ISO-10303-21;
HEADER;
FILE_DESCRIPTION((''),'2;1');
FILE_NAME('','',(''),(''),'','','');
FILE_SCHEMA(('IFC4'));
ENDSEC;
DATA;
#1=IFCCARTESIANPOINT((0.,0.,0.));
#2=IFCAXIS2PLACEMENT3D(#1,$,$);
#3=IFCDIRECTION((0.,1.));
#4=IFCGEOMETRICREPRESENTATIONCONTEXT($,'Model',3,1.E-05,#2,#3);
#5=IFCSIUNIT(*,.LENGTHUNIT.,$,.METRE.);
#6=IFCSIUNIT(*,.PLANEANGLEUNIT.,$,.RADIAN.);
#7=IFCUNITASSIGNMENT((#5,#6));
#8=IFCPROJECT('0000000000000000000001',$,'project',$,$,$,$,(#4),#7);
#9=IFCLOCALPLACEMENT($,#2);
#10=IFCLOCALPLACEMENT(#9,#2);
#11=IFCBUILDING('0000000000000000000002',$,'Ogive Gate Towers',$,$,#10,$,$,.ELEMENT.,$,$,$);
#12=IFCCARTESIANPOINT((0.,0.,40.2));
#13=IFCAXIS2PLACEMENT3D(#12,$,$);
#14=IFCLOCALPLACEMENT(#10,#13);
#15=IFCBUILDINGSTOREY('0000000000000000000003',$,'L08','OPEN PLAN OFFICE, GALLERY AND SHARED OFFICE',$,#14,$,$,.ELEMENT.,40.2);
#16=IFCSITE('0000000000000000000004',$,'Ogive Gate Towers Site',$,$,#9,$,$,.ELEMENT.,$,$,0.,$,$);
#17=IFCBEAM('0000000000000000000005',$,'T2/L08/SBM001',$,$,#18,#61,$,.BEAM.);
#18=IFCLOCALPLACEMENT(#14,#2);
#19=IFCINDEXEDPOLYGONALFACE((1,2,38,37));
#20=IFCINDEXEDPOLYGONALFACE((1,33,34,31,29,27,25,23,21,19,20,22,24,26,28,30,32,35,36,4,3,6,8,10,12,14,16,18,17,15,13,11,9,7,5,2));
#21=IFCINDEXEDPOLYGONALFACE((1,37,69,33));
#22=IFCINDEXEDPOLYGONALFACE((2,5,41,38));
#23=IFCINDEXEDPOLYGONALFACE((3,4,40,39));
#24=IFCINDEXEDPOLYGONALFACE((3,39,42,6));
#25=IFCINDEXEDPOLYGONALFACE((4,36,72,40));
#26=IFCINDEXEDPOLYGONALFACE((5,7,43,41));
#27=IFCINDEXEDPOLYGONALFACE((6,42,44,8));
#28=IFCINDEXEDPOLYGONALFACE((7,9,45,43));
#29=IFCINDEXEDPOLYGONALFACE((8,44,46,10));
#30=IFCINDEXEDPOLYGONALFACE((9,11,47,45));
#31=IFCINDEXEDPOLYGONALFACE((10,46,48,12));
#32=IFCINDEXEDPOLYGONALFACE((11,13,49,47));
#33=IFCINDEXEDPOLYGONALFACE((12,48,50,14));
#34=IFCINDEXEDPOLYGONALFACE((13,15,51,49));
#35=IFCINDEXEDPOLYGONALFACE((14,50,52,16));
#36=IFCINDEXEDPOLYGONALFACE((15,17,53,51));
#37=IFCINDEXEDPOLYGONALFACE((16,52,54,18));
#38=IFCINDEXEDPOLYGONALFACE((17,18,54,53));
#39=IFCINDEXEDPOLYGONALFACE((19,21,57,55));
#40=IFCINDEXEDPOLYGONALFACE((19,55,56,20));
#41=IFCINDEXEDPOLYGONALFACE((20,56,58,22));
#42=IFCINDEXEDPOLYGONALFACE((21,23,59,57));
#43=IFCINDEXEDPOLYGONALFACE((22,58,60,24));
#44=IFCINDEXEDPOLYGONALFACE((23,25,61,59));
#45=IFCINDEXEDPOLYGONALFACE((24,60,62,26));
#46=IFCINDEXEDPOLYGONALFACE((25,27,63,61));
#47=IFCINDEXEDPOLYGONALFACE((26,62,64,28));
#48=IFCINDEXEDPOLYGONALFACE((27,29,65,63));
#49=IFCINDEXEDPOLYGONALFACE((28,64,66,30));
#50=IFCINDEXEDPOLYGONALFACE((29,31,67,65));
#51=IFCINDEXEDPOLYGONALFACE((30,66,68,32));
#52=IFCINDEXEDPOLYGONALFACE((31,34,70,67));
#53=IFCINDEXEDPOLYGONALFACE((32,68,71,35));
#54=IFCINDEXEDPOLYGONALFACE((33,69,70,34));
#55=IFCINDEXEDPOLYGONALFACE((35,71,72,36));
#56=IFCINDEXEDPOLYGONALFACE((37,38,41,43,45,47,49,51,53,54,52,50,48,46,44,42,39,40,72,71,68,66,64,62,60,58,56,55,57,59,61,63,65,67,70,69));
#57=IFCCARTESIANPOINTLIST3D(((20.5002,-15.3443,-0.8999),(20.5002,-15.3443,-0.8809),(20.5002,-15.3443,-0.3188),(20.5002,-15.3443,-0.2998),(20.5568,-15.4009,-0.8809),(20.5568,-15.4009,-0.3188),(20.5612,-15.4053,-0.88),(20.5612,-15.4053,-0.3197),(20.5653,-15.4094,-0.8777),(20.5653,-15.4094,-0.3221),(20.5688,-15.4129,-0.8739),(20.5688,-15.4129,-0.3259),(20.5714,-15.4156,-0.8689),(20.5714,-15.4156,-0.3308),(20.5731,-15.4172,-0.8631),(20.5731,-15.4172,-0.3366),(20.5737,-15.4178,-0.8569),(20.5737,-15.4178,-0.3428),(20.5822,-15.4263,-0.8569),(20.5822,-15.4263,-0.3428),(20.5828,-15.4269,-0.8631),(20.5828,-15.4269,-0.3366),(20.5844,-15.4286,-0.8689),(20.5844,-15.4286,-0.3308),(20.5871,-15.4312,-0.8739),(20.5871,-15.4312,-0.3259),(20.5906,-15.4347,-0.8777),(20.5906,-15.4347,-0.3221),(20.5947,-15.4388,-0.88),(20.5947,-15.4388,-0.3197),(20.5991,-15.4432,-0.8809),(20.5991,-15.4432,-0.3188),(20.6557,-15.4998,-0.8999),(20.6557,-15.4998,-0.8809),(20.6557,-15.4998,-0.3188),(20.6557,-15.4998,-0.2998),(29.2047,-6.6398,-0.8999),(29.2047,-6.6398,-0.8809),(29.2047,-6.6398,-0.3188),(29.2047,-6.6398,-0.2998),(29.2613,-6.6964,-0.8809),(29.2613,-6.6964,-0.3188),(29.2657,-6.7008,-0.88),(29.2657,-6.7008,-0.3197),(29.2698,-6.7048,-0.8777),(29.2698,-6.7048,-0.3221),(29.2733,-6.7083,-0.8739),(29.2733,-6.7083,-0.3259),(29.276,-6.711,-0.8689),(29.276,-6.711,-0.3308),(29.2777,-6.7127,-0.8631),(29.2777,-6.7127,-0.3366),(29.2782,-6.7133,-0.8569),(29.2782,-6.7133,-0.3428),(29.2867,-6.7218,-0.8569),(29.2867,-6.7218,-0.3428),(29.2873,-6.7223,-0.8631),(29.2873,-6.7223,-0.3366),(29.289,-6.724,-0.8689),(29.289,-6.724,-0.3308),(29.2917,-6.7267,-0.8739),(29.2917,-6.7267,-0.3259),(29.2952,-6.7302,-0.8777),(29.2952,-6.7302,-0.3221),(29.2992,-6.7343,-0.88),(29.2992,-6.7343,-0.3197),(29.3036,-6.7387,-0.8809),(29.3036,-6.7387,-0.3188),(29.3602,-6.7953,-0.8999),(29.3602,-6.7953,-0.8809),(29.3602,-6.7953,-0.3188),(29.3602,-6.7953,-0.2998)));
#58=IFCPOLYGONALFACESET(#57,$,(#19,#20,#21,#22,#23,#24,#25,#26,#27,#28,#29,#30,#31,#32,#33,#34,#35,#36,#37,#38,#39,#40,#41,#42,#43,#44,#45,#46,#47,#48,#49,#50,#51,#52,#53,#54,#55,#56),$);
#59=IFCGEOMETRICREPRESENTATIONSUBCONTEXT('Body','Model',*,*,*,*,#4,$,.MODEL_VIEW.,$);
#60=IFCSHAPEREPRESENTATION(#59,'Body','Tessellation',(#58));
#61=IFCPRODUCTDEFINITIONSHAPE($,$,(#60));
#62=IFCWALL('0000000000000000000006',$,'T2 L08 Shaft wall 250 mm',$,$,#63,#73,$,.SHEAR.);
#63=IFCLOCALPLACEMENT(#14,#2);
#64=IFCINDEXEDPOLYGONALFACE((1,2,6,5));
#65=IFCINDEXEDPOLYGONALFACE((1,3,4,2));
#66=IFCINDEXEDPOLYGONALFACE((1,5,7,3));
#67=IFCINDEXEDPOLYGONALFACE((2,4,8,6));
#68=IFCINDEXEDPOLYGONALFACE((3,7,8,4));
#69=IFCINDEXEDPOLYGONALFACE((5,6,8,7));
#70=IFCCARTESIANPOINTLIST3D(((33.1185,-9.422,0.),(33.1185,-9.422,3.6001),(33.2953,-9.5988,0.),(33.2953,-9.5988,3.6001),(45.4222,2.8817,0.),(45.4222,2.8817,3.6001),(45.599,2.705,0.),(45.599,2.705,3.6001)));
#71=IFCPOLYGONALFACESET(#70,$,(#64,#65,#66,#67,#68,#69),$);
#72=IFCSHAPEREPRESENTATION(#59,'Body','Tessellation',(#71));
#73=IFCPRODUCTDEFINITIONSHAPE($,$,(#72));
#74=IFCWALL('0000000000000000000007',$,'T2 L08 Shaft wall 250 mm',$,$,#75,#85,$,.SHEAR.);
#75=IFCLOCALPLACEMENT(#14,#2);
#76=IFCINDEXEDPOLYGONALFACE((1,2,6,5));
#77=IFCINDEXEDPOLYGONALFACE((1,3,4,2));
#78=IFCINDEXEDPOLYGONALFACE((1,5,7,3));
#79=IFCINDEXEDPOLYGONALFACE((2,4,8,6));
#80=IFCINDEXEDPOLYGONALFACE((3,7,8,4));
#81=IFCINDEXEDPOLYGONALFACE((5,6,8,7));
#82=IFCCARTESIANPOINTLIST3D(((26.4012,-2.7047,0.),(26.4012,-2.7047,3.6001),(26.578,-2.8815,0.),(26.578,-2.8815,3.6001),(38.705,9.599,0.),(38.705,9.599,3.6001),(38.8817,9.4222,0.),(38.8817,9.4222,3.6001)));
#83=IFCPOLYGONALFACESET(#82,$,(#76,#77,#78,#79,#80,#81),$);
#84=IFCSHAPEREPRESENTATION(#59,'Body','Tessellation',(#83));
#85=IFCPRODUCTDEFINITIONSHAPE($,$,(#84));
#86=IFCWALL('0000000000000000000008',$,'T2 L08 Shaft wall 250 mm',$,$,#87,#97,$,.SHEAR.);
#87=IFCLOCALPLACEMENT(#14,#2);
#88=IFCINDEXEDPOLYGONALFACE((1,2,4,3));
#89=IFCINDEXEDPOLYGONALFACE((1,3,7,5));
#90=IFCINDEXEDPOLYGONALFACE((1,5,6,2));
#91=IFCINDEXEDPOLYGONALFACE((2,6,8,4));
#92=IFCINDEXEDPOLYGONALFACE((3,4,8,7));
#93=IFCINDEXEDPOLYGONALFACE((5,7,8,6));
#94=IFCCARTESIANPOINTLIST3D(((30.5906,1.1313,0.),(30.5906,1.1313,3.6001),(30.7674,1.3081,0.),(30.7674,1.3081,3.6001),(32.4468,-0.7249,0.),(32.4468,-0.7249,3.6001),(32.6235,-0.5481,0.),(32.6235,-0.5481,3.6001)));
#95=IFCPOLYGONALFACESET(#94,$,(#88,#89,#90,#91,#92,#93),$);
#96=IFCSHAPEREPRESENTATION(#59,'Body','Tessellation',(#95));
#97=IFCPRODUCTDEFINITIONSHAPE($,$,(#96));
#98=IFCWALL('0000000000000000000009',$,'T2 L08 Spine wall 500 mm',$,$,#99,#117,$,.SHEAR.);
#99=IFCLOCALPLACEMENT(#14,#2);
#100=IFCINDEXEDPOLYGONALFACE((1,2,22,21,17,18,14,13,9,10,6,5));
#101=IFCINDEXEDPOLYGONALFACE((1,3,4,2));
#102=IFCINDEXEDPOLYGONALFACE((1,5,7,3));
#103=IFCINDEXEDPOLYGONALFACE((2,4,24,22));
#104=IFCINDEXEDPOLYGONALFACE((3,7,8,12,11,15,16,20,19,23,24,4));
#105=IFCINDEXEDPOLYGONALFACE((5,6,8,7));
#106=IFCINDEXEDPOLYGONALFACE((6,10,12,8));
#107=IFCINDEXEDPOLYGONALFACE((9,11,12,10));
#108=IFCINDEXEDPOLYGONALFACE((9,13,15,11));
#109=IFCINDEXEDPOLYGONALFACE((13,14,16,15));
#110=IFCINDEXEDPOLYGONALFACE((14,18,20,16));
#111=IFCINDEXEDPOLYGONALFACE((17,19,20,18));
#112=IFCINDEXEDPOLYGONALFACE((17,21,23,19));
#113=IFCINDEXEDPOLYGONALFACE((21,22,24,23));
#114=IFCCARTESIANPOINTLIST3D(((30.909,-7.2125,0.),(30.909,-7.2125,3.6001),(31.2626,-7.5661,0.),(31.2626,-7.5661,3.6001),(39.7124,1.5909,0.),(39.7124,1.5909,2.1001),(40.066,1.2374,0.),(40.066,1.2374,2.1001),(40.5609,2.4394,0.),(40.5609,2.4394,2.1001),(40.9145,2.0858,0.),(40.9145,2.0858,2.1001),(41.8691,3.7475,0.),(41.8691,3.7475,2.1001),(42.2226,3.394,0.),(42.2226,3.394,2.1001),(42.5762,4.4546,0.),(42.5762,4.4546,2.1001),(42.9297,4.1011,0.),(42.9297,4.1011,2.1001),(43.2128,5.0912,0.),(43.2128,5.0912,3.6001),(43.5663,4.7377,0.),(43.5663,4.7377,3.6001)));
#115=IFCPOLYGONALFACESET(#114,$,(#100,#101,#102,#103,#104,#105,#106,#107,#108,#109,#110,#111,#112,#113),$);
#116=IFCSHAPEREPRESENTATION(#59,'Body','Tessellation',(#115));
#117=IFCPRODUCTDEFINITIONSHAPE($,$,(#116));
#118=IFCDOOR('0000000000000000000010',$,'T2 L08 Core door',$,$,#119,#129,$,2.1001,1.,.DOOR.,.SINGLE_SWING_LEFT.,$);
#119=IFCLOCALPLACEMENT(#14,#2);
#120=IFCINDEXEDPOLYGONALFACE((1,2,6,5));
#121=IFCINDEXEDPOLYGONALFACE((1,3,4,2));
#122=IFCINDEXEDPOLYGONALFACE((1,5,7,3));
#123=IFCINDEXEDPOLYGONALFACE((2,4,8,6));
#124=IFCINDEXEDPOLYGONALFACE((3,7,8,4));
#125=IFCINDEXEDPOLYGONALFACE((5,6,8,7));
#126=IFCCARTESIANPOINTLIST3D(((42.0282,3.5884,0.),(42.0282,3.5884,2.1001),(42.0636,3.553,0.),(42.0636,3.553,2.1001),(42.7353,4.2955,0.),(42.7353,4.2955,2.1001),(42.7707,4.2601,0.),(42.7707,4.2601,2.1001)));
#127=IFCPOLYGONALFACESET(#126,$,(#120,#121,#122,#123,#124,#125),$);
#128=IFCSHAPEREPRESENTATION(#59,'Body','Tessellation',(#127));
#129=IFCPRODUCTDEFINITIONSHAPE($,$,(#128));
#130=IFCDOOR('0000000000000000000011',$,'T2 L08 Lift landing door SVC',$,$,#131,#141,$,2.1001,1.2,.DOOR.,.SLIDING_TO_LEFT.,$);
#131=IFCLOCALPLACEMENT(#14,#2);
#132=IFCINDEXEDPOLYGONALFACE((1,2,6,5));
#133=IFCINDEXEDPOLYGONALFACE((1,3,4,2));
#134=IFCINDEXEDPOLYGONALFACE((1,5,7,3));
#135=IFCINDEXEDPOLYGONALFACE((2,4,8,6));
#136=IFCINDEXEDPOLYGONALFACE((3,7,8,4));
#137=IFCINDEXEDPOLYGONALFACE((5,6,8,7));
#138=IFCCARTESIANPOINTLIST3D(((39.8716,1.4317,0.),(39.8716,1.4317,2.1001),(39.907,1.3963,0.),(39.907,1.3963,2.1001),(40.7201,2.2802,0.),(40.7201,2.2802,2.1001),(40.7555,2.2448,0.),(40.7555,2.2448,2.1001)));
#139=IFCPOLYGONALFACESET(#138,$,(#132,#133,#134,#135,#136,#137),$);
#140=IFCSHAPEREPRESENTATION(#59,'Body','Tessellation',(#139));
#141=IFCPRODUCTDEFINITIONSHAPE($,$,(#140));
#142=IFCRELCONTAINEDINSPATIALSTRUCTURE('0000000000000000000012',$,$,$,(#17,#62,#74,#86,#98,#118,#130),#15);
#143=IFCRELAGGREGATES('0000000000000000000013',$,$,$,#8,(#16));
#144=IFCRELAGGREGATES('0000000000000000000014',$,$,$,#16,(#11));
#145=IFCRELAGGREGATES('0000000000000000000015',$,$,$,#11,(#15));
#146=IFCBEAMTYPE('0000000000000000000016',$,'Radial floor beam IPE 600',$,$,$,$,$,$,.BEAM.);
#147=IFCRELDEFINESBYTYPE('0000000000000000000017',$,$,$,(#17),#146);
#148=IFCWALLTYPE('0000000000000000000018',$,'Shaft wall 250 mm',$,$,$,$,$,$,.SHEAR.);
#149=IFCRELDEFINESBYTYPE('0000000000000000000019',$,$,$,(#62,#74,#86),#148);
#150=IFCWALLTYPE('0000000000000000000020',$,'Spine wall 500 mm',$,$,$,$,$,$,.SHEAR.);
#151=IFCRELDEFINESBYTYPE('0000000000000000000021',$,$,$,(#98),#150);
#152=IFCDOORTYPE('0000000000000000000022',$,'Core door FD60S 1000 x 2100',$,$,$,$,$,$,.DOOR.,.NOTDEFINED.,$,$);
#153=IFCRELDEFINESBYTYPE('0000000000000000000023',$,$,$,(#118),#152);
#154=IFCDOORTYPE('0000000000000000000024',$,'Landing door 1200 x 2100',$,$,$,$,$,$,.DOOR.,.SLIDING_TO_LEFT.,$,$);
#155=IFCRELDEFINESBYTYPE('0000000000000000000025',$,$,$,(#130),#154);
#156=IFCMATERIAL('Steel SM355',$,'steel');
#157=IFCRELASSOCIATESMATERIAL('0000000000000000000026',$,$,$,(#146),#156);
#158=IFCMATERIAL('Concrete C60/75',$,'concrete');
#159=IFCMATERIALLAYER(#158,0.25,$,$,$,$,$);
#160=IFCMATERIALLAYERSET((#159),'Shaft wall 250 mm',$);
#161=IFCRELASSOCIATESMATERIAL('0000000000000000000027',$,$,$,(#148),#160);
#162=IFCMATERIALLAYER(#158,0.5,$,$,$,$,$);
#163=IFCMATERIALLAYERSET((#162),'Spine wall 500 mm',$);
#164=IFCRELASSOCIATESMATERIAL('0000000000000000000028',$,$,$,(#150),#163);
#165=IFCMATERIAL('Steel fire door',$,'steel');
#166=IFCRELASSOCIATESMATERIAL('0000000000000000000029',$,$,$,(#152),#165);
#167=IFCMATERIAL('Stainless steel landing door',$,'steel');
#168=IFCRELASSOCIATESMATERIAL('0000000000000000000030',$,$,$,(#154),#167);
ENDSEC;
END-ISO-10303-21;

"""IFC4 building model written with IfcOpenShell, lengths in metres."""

from ifc_helpers import new_model, si_unit, direction, frame, frame_2d, origin, origin_2d, place, context, subcontext, project, spatial, rectangle, i_section, extrude, material, layer, layer_set, material_profile, profile_set, type_object, element, fill, save


model = new_model("IFC4")

# Units and contexts
model_context = context("Model", 3, precision=1e-05, world=origin(), true_north=direction((0.0, 1.0)))
body_context = subcontext(model_context, "Body", "Model", "MODEL_VIEW")
ifc_project = project(units=[si_unit("LENGTHUNIT", "METRE"), si_unit("PLANEANGLEUNIT", "RADIAN")], contexts=[model_context])

# Site, building, storey
site_placement = place(None, origin())
site = spatial("IfcSite", under=ifc_project, at=site_placement, Name="Ogive Gate Towers Site", CompositionType="ELEMENT", RefElevation=0.0)
building_placement = place(site_placement, origin())
building = spatial("IfcBuilding", under=site, at=building_placement, Name="Ogive Gate Towers", CompositionType="ELEMENT")
storey_placement = place(building_placement, frame((0.0, 0.0, 40.2)))
storey = spatial("IfcBuildingStorey", under=building, at=storey_placement, Name="L08", Description="OPEN PLAN OFFICE, GALLERY AND SHARED OFFICE", CompositionType="ELEMENT", Elevation=40.2)

# Beam
ifc_material_1 = material(Name="Steel SM355", Category="steel")
ifc_material_profile_1 = material_profile(ifc_material_1, i_section(OverallWidth=0.22, OverallDepth=0.6001, WebThickness=0.012, FlangeThickness=0.019, FilletRadius=0.0239, at=origin_2d()), Name="IPE 600")
ifc_profile_set_1 = profile_set([ifc_material_profile_1], Name="Steel SM355")
beam_type_1 = type_object("IfcBeamType", Name="Radial floor beam IPE 600", PredefinedType="BEAM", material=ifc_profile_set_1)
beam_1_placement = place(storey_placement, frame((29.2825, -6.7175, -0.5999), z_axis=(-0.707107, -0.707107, 0.0), x_axis=(0.707107, -0.707107, 0.0)))
element("IfcBeam", 1, at=beam_1_placement, inside=storey, type_object=beam_type_1, Name="T2/L08/SBM001", PredefinedType="BEAM", context=body_context, shape_type="SweptSolid", body=[
    extrude(i_section(OverallWidth=0.22, OverallDepth=0.6001, WebThickness=0.012, FlangeThickness=0.019, FilletRadius=0.0239, at=origin_2d()), origin(), (0.0, 0.0, 1.0), 12.3101),
])

# Walls
ifc_material_2 = material(Name="Concrete C60/75", Category="concrete")
ifc_layer_1 = layer(ifc_material_2, 0.25)
ifc_layer_set_1 = layer_set([ifc_layer_1], Name="Shaft wall 250 mm")
wall_type_1 = type_object("IfcWallType", Name="Shaft wall 250 mm", PredefinedType="SHEAR", material=ifc_layer_set_1)
for number, where, z_axis, x_axis, name in (
    (2, (33.2068, -9.5105, 0.0), (0.0, 0.0, 1.0), (0.707107, 0.707107, 0.0), "T2 L08 Shaft wall 250 mm"),
    (3, (26.4895, -2.7932, 0.0), (0.0, 0.0, 1.0), (0.707107, 0.707107, 0.0), "T2 L08 Shaft wall 250 mm"),
):
    element("IfcWall", number, at=place(storey_placement, frame(where, z_axis=z_axis, x_axis=x_axis)), inside=storey, type_object=wall_type_1, Name=name, PredefinedType="SHEAR", context=body_context, shape_type="SweptSolid", body=[
        extrude(rectangle(XDim=17.4001, YDim=0.25, at=frame_2d((8.7002, 0.0))), origin(), (0.0, 0.0, 1.0), 3.6001),
    ])
wall_1_placement = place(storey_placement, frame((32.5352, -0.6365, 0.0), z_axis=(0.0, 0.0, 1.0), x_axis=(-0.707107, 0.707107, 0.0)))
element("IfcWall", 4, at=wall_1_placement, inside=storey, type_object=wall_type_1, Name="T2 L08 Shaft wall 250 mm", PredefinedType="SHEAR", context=body_context, shape_type="SweptSolid", body=[
    extrude(rectangle(XDim=2.625, YDim=0.25, at=frame_2d((1.3125, 0.0))), origin(), (0.0, 0.0, 1.0), 3.6001),
])

# Wall, openings, doors
ifc_layer_2 = layer(ifc_material_2, 0.5)
ifc_layer_set_2 = layer_set([ifc_layer_2], Name="Spine wall 500 mm")
wall_type_2 = type_object("IfcWallType", Name="Spine wall 500 mm", PredefinedType="SHEAR", material=ifc_layer_set_2)
wall_2_placement = place(storey_placement, frame((31.0857, -7.3894, 0.0), z_axis=(0.0, 0.0, 1.0), x_axis=(0.707107, 0.707107, 0.0)))
wall_2 = element("IfcWall", 5, at=wall_2_placement, inside=storey, type_object=wall_type_2, Name="T2 L08 Spine wall 500 mm", PredefinedType="SHEAR", context=body_context, shape_type="SweptSolid", body=[
    extrude(rectangle(XDim=17.4001, YDim=0.5, at=frame_2d((8.7002, 0.0))), origin(), (0.0, 0.0, 1.0), 3.6001),
])
opening_1_placement = place(wall_2_placement, frame((12.45, 0.0, 0.0)))
opening_1 = element("IfcOpeningElement", 6, at=opening_1_placement, cuts=wall_2, PredefinedType="OPENING", context=body_context, shape_type="SweptSolid", body=[
    extrude(rectangle(XDim=1.2, YDim=2.1001, at=frame_2d((0.6001, 1.05))), frame((0.0, 0.26, 0.0), z_axis=(0.0, -1.0, 0.0), x_axis=(1.0, 0.0, 0.0)), (0.0, 0.0, 1.0), 0.52),
])
opening_2_placement = place(wall_2_placement, frame((15.5, 0.0, 0.0)))
opening_2 = element("IfcOpeningElement", 7, at=opening_2_placement, cuts=wall_2, PredefinedType="OPENING", context=body_context, shape_type="SweptSolid", body=[
    extrude(rectangle(XDim=1.0, YDim=2.1001, at=frame_2d((0.5, 1.05))), frame((0.0, 0.26, 0.0), z_axis=(0.0, -1.0, 0.0), x_axis=(1.0, 0.0, 0.0)), (0.0, 0.0, 1.0), 0.52),
])
ifc_material_3 = material(Name="Steel fire door", Category="steel")
door_type_1 = type_object("IfcDoorType", Name="Core door FD60S 1000 x 2100", OperationType="NOTDEFINED", PredefinedType="DOOR", material=ifc_material_3)
door_1_placement = place(opening_2_placement, origin())
door_1 = element("IfcDoor", 8, at=door_1_placement, inside=storey, type_object=door_type_1, Name="T2 L08 Core door", OperationType="SINGLE_SWING_LEFT", OverallHeight=2.1001, OverallWidth=1.0, PredefinedType="DOOR", context=body_context, shape_type="SweptSolid", body=[
    extrude(rectangle(XDim=1.0, YDim=2.1001, at=frame_2d((0.5, 1.05))), frame((0.0, 0.0249, 0.0), z_axis=(0.0, -1.0, 0.0), x_axis=(1.0, 0.0, 0.0)), (0.0, 0.0, 1.0), 0.05),
])
fill(opening_2, door_1)
ifc_material_4 = material(Name="Stainless steel landing door", Category="steel")
door_type_2 = type_object("IfcDoorType", Name="Landing door 1200 x 2100", OperationType="SLIDING_TO_LEFT", PredefinedType="DOOR", material=ifc_material_4)
door_2_placement = place(opening_1_placement, origin())
door_2 = element("IfcDoor", 9, at=door_2_placement, inside=storey, type_object=door_type_2, Name="T2 L08 Lift landing door SVC", OperationType="SLIDING_TO_LEFT", OverallHeight=2.1001, OverallWidth=1.2, PredefinedType="DOOR", context=body_context, shape_type="SweptSolid", body=[
    extrude(rectangle(XDim=1.2, YDim=2.1001, at=frame_2d((0.6001, 1.05))), frame((0.0, 0.0249, 0.0), z_axis=(0.0, -1.0, 0.0), x_axis=(1.0, 0.0, 0.0)), (0.0, 0.0, 1.0), 0.05),
])
fill(opening_1, door_2)

save(model, "model.ifc")
